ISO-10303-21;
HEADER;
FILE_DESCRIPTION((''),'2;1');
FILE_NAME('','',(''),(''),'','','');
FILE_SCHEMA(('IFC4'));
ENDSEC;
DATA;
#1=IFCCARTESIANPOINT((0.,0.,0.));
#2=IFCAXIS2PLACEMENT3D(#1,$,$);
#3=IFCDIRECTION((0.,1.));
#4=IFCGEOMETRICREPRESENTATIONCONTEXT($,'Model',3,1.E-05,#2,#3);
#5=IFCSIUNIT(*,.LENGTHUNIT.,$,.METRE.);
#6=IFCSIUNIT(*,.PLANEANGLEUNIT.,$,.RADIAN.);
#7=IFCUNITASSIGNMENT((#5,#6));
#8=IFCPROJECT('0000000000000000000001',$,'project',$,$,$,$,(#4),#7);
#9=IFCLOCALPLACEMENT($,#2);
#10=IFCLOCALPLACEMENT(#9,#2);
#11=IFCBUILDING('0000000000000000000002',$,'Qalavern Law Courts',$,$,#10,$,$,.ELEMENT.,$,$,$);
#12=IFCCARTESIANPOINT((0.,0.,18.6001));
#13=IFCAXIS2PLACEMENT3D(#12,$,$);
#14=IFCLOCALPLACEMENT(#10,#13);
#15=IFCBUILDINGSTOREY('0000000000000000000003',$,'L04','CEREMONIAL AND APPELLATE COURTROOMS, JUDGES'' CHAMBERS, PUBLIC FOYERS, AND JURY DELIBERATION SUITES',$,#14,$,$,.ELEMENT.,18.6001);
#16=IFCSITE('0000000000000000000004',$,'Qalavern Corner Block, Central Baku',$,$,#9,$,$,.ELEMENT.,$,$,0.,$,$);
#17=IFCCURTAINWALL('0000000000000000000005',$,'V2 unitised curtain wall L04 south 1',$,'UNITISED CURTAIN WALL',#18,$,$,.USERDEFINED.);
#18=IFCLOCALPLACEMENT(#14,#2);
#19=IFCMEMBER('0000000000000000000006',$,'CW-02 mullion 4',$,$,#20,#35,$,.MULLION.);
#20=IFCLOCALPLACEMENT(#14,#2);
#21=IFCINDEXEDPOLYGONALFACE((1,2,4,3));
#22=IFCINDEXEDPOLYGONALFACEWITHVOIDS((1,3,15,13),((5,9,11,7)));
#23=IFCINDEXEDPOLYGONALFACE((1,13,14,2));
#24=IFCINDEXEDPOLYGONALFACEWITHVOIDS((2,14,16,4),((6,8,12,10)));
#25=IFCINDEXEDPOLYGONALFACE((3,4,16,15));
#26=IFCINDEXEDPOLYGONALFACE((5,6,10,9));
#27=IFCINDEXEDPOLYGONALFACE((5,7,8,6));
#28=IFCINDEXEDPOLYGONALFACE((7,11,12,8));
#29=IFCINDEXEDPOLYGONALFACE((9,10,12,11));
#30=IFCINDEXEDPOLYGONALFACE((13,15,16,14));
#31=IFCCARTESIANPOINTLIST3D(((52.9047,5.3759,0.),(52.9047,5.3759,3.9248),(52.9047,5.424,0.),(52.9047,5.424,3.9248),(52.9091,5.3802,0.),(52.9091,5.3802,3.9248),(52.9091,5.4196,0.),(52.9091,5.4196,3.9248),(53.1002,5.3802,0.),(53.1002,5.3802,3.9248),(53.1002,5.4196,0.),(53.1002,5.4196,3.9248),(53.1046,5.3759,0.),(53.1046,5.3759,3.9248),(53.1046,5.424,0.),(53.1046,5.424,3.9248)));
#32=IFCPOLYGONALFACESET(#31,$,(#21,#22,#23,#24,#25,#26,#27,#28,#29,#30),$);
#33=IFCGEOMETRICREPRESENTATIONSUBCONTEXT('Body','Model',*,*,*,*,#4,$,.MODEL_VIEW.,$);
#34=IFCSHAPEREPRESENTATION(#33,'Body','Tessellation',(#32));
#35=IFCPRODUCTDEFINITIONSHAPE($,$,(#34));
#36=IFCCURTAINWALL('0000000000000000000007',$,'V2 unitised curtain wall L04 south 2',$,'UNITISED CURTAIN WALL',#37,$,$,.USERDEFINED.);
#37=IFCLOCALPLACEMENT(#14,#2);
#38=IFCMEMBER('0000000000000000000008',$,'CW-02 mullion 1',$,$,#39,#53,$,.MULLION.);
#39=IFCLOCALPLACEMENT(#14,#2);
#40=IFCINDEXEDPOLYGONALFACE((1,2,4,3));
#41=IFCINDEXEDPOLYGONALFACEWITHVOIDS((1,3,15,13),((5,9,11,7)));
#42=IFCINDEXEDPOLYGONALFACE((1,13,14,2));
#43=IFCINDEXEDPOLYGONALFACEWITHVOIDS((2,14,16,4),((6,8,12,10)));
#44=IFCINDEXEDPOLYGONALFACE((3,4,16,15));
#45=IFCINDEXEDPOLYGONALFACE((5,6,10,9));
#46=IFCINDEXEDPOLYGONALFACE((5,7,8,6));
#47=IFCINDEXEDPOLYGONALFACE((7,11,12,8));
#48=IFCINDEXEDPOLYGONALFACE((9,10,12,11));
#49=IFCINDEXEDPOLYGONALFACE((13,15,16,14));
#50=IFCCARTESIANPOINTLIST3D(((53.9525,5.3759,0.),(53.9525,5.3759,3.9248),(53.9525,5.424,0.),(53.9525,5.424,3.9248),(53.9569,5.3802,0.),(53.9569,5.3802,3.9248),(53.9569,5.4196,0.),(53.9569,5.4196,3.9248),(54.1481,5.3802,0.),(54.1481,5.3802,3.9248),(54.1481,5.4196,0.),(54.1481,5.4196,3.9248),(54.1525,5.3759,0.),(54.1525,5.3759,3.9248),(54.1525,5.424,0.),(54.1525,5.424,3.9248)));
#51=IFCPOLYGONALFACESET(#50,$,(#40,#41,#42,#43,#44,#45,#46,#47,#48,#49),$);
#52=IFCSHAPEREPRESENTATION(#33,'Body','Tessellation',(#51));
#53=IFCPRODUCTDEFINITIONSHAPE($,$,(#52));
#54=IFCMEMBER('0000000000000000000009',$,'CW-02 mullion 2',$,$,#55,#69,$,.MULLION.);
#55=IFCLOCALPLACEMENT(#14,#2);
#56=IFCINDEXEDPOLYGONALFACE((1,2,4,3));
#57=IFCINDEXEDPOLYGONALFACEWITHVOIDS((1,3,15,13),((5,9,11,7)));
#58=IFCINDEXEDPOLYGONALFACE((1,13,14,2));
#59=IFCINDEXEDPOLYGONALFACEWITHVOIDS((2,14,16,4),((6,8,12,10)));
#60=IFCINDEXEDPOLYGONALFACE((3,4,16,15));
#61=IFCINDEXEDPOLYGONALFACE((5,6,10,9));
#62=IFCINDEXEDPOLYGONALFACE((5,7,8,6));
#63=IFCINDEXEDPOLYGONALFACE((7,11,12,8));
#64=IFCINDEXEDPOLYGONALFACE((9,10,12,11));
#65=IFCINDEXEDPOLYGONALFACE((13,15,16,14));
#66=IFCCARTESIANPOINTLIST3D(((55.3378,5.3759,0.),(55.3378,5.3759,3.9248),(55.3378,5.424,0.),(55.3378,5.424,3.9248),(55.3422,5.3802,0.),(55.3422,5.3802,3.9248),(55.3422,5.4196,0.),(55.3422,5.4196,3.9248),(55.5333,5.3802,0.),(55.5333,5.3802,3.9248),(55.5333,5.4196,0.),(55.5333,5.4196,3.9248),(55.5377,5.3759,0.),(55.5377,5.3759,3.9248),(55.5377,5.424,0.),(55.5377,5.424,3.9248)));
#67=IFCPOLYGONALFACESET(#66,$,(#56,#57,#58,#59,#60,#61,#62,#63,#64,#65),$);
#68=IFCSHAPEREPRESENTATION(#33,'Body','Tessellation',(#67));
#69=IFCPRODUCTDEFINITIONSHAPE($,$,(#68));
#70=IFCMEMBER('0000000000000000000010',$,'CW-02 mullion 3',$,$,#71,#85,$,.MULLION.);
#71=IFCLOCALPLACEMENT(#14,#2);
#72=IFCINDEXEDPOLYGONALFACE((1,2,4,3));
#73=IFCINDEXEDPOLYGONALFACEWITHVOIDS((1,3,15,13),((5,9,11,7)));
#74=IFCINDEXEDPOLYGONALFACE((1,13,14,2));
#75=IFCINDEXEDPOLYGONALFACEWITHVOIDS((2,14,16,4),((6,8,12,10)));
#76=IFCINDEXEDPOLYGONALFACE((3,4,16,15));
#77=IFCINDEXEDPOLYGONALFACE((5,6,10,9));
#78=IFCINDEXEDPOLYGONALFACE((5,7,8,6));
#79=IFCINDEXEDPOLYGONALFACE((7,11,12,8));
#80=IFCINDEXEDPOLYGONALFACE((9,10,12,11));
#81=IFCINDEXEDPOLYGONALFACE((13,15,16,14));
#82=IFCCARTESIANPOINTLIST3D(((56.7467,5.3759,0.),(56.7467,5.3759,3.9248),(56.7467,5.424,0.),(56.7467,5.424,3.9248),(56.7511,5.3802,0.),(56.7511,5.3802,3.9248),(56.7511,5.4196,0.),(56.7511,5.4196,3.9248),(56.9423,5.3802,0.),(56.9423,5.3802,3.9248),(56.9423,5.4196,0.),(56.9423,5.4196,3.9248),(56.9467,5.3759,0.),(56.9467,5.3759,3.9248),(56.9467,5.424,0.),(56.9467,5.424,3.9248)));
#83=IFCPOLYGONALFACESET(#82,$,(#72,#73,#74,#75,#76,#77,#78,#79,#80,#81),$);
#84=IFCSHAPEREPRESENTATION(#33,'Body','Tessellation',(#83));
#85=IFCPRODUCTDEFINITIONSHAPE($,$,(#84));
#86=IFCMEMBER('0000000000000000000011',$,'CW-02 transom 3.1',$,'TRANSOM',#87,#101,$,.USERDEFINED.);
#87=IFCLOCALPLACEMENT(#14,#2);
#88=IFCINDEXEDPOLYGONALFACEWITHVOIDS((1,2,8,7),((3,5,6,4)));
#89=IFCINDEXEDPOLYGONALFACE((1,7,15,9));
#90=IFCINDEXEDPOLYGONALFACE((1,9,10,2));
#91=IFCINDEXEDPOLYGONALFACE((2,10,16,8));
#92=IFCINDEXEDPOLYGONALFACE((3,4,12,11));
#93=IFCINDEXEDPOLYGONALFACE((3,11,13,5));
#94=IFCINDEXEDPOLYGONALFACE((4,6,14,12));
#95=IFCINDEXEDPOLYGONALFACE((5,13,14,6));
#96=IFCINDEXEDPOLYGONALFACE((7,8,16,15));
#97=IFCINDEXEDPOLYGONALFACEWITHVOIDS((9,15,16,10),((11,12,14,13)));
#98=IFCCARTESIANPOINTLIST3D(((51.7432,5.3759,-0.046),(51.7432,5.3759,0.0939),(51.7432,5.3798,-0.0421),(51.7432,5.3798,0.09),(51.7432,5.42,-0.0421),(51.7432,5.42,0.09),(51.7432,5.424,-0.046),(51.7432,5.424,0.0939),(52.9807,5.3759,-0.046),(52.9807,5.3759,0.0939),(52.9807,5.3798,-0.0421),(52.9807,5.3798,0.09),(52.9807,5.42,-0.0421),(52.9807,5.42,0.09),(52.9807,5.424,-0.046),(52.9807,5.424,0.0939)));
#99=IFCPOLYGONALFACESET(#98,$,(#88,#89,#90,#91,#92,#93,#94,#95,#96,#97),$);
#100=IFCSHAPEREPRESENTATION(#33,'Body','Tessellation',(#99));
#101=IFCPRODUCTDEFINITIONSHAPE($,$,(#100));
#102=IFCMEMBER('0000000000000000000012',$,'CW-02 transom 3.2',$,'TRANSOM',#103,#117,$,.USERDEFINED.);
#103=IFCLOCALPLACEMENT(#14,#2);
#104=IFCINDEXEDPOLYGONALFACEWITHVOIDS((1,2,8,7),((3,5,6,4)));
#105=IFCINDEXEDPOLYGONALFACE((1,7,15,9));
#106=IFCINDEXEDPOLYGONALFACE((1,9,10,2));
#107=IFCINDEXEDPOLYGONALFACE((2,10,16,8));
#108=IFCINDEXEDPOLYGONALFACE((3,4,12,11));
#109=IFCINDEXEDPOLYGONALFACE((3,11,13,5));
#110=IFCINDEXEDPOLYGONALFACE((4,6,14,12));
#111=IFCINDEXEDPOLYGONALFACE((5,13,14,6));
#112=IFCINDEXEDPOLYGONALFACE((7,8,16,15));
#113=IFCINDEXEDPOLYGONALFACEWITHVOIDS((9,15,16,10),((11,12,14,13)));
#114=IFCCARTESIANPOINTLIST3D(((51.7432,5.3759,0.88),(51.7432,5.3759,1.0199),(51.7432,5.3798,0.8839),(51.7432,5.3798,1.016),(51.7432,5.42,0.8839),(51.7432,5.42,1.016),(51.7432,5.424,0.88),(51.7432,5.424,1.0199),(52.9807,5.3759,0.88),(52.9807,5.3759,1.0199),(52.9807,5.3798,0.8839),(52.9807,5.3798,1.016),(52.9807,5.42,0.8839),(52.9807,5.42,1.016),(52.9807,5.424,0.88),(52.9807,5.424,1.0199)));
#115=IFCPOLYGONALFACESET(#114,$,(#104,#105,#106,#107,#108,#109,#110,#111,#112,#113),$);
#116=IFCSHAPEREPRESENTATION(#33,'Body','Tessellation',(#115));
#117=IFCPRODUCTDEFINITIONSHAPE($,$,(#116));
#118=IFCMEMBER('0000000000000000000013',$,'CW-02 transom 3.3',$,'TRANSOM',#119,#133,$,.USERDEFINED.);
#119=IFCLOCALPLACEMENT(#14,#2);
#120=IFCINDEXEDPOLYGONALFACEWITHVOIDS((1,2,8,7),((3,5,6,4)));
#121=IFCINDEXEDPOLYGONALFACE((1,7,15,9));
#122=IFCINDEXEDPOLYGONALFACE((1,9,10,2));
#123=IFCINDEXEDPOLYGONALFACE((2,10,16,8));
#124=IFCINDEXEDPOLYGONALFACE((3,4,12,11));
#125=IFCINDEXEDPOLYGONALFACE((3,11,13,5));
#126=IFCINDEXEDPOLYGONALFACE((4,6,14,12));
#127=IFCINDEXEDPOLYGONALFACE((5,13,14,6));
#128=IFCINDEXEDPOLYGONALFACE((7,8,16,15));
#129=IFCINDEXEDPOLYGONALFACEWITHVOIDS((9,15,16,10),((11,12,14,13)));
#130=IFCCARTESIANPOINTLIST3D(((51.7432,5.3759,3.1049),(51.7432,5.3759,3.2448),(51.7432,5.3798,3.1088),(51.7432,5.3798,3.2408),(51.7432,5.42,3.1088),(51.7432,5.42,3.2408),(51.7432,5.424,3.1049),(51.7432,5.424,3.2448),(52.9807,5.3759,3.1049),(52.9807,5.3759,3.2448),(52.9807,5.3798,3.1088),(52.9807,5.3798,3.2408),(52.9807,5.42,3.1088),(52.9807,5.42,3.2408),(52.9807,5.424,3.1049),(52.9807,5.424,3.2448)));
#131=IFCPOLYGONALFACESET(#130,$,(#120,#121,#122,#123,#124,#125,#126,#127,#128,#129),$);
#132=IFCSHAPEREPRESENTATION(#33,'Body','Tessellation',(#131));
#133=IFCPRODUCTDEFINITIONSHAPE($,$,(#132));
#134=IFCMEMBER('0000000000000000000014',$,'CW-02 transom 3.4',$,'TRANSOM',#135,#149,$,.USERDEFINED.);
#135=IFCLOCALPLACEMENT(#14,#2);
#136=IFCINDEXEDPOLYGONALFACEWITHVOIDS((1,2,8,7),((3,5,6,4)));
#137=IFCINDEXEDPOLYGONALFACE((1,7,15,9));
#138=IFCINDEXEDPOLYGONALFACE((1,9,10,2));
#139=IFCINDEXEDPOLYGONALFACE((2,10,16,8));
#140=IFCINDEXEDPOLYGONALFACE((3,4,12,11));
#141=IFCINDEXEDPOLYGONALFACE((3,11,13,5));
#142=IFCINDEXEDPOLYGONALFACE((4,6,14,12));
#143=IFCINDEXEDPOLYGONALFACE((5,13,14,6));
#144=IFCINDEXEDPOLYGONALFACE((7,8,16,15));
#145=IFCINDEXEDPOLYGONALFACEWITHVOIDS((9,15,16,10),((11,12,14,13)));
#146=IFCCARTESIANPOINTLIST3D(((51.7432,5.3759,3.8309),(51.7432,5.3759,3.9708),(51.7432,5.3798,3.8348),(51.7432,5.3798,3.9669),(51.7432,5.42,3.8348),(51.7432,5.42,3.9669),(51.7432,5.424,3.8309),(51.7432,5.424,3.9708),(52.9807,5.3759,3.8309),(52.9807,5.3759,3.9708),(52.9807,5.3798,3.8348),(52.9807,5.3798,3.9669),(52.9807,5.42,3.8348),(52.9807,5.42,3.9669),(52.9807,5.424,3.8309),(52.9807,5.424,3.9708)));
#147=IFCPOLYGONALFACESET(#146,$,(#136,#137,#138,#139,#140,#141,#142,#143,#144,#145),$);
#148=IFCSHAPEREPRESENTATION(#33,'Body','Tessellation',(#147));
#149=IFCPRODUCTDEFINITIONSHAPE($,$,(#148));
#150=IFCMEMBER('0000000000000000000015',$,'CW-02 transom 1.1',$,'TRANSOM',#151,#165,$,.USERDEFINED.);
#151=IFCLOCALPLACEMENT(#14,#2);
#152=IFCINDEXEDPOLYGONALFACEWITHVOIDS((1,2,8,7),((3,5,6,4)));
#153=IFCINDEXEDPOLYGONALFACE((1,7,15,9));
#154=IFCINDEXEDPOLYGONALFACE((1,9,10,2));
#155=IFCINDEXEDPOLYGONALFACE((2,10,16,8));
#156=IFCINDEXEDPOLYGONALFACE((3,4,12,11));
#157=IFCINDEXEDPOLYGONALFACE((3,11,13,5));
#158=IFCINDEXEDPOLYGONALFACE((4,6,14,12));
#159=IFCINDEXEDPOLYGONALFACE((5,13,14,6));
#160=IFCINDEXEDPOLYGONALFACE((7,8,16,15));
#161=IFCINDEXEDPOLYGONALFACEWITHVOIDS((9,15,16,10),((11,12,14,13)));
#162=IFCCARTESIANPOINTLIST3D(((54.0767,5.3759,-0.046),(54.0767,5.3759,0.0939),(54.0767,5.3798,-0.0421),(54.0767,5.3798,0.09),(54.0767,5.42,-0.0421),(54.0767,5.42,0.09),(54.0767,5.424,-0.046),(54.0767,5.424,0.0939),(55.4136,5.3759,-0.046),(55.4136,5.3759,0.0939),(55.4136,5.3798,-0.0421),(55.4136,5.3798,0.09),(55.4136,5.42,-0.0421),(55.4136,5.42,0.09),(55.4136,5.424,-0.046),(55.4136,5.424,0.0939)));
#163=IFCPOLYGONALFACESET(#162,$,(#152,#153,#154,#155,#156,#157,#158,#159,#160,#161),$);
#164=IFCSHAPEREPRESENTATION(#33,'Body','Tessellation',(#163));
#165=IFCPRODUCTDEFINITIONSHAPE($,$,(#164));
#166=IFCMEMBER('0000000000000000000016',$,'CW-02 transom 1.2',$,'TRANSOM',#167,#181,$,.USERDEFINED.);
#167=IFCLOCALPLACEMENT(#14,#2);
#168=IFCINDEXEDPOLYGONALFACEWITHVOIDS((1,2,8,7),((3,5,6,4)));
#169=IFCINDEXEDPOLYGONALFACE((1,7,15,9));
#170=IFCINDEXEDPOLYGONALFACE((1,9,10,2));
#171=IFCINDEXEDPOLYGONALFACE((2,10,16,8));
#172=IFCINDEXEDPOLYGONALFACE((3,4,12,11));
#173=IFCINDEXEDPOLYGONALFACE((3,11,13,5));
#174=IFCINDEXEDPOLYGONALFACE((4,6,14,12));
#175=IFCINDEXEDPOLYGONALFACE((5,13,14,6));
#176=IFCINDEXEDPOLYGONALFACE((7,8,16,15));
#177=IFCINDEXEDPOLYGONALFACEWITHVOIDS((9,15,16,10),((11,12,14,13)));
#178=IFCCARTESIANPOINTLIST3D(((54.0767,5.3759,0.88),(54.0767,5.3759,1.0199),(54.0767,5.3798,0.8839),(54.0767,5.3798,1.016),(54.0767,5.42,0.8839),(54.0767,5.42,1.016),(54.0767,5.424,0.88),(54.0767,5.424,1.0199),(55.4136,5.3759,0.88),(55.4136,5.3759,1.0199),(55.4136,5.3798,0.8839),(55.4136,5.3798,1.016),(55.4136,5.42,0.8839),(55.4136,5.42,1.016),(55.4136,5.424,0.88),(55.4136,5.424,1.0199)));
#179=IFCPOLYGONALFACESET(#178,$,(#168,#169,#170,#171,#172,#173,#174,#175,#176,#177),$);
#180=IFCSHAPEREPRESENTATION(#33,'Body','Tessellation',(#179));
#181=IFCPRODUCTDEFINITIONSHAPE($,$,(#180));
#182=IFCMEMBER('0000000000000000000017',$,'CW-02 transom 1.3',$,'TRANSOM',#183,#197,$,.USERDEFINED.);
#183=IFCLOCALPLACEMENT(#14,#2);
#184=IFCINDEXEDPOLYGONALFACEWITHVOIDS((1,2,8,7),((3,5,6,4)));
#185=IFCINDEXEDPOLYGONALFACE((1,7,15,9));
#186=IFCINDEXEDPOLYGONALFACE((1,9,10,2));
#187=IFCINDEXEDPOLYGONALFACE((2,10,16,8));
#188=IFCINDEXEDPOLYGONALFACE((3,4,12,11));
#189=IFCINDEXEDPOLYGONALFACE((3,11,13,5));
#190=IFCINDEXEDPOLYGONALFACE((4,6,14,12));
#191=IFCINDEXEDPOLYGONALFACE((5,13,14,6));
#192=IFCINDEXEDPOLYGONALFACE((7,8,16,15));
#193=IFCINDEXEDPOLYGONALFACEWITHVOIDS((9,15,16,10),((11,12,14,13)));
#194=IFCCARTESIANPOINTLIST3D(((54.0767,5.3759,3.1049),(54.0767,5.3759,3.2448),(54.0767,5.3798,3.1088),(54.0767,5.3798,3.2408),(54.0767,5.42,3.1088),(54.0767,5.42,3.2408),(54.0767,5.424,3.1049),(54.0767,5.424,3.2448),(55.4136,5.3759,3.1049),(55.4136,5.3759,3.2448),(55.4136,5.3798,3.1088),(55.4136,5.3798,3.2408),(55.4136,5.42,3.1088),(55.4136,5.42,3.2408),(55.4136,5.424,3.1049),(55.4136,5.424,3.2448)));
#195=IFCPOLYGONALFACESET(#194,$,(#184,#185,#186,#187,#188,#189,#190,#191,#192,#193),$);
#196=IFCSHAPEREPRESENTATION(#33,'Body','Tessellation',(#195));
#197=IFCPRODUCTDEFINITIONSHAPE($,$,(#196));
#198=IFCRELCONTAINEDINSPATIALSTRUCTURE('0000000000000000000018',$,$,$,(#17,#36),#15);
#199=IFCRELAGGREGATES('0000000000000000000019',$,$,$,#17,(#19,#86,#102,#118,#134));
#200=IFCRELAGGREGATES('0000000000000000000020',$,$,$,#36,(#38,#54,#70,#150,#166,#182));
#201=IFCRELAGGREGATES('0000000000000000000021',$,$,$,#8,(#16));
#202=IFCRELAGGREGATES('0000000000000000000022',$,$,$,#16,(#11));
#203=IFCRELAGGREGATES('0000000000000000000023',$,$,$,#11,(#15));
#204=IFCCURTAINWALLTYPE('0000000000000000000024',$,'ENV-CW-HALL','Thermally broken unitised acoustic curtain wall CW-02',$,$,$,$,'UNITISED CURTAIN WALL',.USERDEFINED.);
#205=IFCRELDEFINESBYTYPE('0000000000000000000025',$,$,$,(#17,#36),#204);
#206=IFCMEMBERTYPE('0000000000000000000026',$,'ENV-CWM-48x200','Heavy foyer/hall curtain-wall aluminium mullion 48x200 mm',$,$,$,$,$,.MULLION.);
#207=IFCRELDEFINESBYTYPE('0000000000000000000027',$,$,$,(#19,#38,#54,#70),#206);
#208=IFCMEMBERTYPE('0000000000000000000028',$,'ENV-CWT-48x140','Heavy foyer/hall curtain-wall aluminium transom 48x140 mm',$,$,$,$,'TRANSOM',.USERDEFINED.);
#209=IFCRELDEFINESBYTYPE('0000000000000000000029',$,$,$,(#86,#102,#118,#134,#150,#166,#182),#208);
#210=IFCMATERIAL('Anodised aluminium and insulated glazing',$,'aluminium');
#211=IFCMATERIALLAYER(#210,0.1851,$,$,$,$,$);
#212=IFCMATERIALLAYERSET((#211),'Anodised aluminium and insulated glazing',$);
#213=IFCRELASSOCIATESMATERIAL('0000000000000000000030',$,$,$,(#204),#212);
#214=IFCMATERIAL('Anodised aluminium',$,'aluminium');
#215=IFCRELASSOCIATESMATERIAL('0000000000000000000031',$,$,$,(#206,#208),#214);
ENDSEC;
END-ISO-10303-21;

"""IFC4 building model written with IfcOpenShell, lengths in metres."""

from ifc_helpers import new_model, si_unit, direction, frame, origin, origin_2d, place, context, subcontext, project, spatial, hollow_rectangle, extrude, material, layer, layer_set, material_profile, profile_set, type_object, element, aggregate, save


model = new_model("IFC4")

# Units and contexts
model_context = context("Model", 3, precision=1e-05, world=origin(), true_north=direction((0.0, 1.0)))
body_context = subcontext(model_context, "Body", "Model", "MODEL_VIEW")
ifc_project = project(units=[si_unit("LENGTHUNIT", "METRE"), si_unit("PLANEANGLEUNIT", "RADIAN")], contexts=[model_context])

# Site, building, storey
site_placement = place(None, origin())
site = spatial("IfcSite", under=ifc_project, at=site_placement, Name="Qalavern Corner Block, Central Baku", CompositionType="ELEMENT", RefElevation=0.0)
building_placement = place(site_placement, origin())
building = spatial("IfcBuilding", under=site, at=building_placement, Name="Qalavern Law Courts", CompositionType="ELEMENT")
storey_placement = place(building_placement, frame((0.0, 0.0, 18.6001)))
storey = spatial("IfcBuildingStorey", under=building, at=storey_placement, Name="L04", Description="CEREMONIAL AND APPELLATE COURTROOMS, JUDGES' CHAMBERS, PUBLIC FOYERS, AND JURY DELIBERATION SUITES", CompositionType="ELEMENT", Elevation=18.6001)

# Curtain wall, member
ifc_material_1 = material(Name="Anodised aluminium and insulated glazing", Category="aluminium")
ifc_layer_1 = layer(ifc_material_1, 0.1851)
ifc_layer_set_1 = layer_set([ifc_layer_1], Name="Anodised aluminium and insulated glazing")
curtain_wall_type = type_object("IfcCurtainWallType", Name="ENV-CW-HALL", Description="Thermally broken unitised acoustic curtain wall CW-02", ElementType="UNITISED CURTAIN WALL", PredefinedType="USERDEFINED", material=ifc_layer_set_1)
curtain_wall_1_placement = place(storey_placement, origin())
curtain_wall_1 = element("IfcCurtainWall", 1, at=curtain_wall_1_placement, inside=storey, type_object=curtain_wall_type, Name="V2 unitised curtain wall L04 south 1", ObjectType="UNITISED CURTAIN WALL", PredefinedType="USERDEFINED")
ifc_material_2 = material(Name="Anodised aluminium", Category="aluminium")
ifc_material_profile_1 = material_profile(ifc_material_2, hollow_rectangle(XDim=0.0481, YDim=0.2, WallThickness=0.0044, at=origin_2d()), Name="ALU MULLION 48x200")
ifc_profile_set_1 = profile_set([ifc_material_profile_1], Name="Anodised aluminium")
member_type_1 = type_object("IfcMemberType", Name="ENV-CWM-48x200", Description="Heavy foyer/hall curtain-wall aluminium mullion 48x200 mm", PredefinedType="MULLION", material=ifc_profile_set_1)
member_1_placement = place(storey_placement, frame((53.0046, 5.3999, 0.0), z_axis=(0.0, 0.0, 1.0), x_axis=(0.0, 1.0, 0.0)))
member_1 = element("IfcMember", 2, at=member_1_placement, type_object=member_type_1, Name="CW-02 mullion 4", PredefinedType="MULLION", context=body_context, shape_type="SweptSolid", body=[
    extrude(hollow_rectangle(XDim=0.0481, YDim=0.2, WallThickness=0.0044, at=origin_2d()), origin(), (0.0, 0.0, 1.0), 3.9248),
])

# Curtain wall, members
curtain_wall_2_placement = place(storey_placement, origin())
curtain_wall_2 = element("IfcCurtainWall", 3, at=curtain_wall_2_placement, inside=storey, type_object=curtain_wall_type, Name="V2 unitised curtain wall L04 south 2", ObjectType="UNITISED CURTAIN WALL", PredefinedType="USERDEFINED")
member_2_placement = place(storey_placement, frame((54.0525, 5.3999, 0.0), z_axis=(0.0, 0.0, 1.0), x_axis=(0.0, 1.0, 0.0)))
member_2 = element("IfcMember", 4, at=member_2_placement, type_object=member_type_1, Name="CW-02 mullion 1", PredefinedType="MULLION", context=body_context, shape_type="SweptSolid", body=[
    extrude(hollow_rectangle(XDim=0.0481, YDim=0.2, WallThickness=0.0044, at=origin_2d()), origin(), (0.0, 0.0, 1.0), 3.9248),
])
member_3_placement = place(storey_placement, frame((55.4377, 5.3999, 0.0), z_axis=(0.0, 0.0, 1.0), x_axis=(0.0, 1.0, 0.0)))
member_3 = element("IfcMember", 5, at=member_3_placement, type_object=member_type_1, Name="CW-02 mullion 2", PredefinedType="MULLION", context=body_context, shape_type="SweptSolid", body=[
    extrude(hollow_rectangle(XDim=0.0481, YDim=0.2, WallThickness=0.0044, at=origin_2d()), origin(), (0.0, 0.0, 1.0), 3.9248),
])
member_4_placement = place(storey_placement, frame((56.8467, 5.3999, 0.0), z_axis=(0.0, 0.0, 1.0), x_axis=(0.0, 1.0, 0.0)))
member_4 = element("IfcMember", 6, at=member_4_placement, type_object=member_type_1, Name="CW-02 mullion 3", PredefinedType="MULLION", context=body_context, shape_type="SweptSolid", body=[
    extrude(hollow_rectangle(XDim=0.0481, YDim=0.2, WallThickness=0.0044, at=origin_2d()), origin(), (0.0, 0.0, 1.0), 3.9248),
])

# Members
ifc_material_profile_2 = material_profile(ifc_material_2, hollow_rectangle(XDim=0.0481, YDim=0.1399, WallThickness=0.0039, at=origin_2d()), Name="ALU TRANSOM 48x140")
ifc_profile_set_2 = profile_set([ifc_material_profile_2], Name="Anodised aluminium")
member_type_2 = type_object("IfcMemberType", Name="ENV-CWT-48x140", Description="Heavy foyer/hall curtain-wall aluminium transom 48x140 mm", ElementType="TRANSOM", PredefinedType="USERDEFINED", material=ifc_profile_set_2)
member_5_placement = place(storey_placement, frame((51.7432, 5.3999, 0.0239), z_axis=(1.0, 0.0, 0.0), x_axis=(0.0, 1.0, 0.0)))
member_5 = element("IfcMember", 7, at=member_5_placement, type_object=member_type_2, Name="CW-02 transom 3.1", ObjectType="TRANSOM", PredefinedType="USERDEFINED", context=body_context, shape_type="SweptSolid", body=[
    extrude(hollow_rectangle(XDim=0.0481, YDim=0.1399, WallThickness=0.0039, at=origin_2d()), origin(), (0.0, 0.0, 1.0), 1.2375),
])
member_6_placement = place(storey_placement, frame((51.7432, 5.3999, 0.95), z_axis=(1.0, 0.0, 0.0), x_axis=(0.0, 1.0, 0.0)))
member_6 = element("IfcMember", 8, at=member_6_placement, type_object=member_type_2, Name="CW-02 transom 3.2", ObjectType="TRANSOM", PredefinedType="USERDEFINED", context=body_context, shape_type="SweptSolid", body=[
    extrude(hollow_rectangle(XDim=0.0481, YDim=0.1399, WallThickness=0.0039, at=origin_2d()), origin(), (0.0, 0.0, 1.0), 1.2375),
])
member_7_placement = place(storey_placement, frame((51.7432, 5.3999, 3.1748), z_axis=(1.0, 0.0, 0.0), x_axis=(0.0, 1.0, 0.0)))
member_7 = element("IfcMember", 9, at=member_7_placement, type_object=member_type_2, Name="CW-02 transom 3.3", ObjectType="TRANSOM", PredefinedType="USERDEFINED", context=body_context, shape_type="SweptSolid", body=[
    extrude(hollow_rectangle(XDim=0.0481, YDim=0.1399, WallThickness=0.0039, at=origin_2d()), origin(), (0.0, 0.0, 1.0), 1.2375),
])
member_8_placement = place(storey_placement, frame((51.7432, 5.3999, 3.9009), z_axis=(1.0, 0.0, 0.0), x_axis=(0.0, 1.0, 0.0)))
member_8 = element("IfcMember", 10, at=member_8_placement, type_object=member_type_2, Name="CW-02 transom 3.4", ObjectType="TRANSOM", PredefinedType="USERDEFINED", context=body_context, shape_type="SweptSolid", body=[
    extrude(hollow_rectangle(XDim=0.0481, YDim=0.1399, WallThickness=0.0039, at=origin_2d()), origin(), (0.0, 0.0, 1.0), 1.2375),
])
member_9_placement = place(storey_placement, frame((54.0767, 5.3999, 0.0239), z_axis=(1.0, 0.0, 0.0), x_axis=(0.0, 1.0, 0.0)))
member_9 = element("IfcMember", 11, at=member_9_placement, type_object=member_type_2, Name="CW-02 transom 1.1", ObjectType="TRANSOM", PredefinedType="USERDEFINED", context=body_context, shape_type="SweptSolid", body=[
    extrude(hollow_rectangle(XDim=0.0481, YDim=0.1399, WallThickness=0.0039, at=origin_2d()), origin(), (0.0, 0.0, 1.0), 1.3369),
])
member_10_placement = place(storey_placement, frame((54.0767, 5.3999, 0.95), z_axis=(1.0, 0.0, 0.0), x_axis=(0.0, 1.0, 0.0)))
member_10 = element("IfcMember", 12, at=member_10_placement, type_object=member_type_2, Name="CW-02 transom 1.2", ObjectType="TRANSOM", PredefinedType="USERDEFINED", context=body_context, shape_type="SweptSolid", body=[
    extrude(hollow_rectangle(XDim=0.0481, YDim=0.1399, WallThickness=0.0039, at=origin_2d()), origin(), (0.0, 0.0, 1.0), 1.3369),
])
member_11_placement = place(storey_placement, frame((54.0767, 5.3999, 3.1748), z_axis=(1.0, 0.0, 0.0), x_axis=(0.0, 1.0, 0.0)))
member_11 = element("IfcMember", 13, at=member_11_placement, type_object=member_type_2, Name="CW-02 transom 1.3", ObjectType="TRANSOM", PredefinedType="USERDEFINED", context=body_context, shape_type="SweptSolid", body=[
    extrude(hollow_rectangle(XDim=0.0481, YDim=0.1399, WallThickness=0.0039, at=origin_2d()), origin(), (0.0, 0.0, 1.0), 1.3369),
])

aggregate(curtain_wall_1, [member_1, member_5, member_6, member_7, member_8])
aggregate(curtain_wall_2, [member_2, member_3, member_4, member_9, member_10, member_11])

save(model, "model.ifc")
